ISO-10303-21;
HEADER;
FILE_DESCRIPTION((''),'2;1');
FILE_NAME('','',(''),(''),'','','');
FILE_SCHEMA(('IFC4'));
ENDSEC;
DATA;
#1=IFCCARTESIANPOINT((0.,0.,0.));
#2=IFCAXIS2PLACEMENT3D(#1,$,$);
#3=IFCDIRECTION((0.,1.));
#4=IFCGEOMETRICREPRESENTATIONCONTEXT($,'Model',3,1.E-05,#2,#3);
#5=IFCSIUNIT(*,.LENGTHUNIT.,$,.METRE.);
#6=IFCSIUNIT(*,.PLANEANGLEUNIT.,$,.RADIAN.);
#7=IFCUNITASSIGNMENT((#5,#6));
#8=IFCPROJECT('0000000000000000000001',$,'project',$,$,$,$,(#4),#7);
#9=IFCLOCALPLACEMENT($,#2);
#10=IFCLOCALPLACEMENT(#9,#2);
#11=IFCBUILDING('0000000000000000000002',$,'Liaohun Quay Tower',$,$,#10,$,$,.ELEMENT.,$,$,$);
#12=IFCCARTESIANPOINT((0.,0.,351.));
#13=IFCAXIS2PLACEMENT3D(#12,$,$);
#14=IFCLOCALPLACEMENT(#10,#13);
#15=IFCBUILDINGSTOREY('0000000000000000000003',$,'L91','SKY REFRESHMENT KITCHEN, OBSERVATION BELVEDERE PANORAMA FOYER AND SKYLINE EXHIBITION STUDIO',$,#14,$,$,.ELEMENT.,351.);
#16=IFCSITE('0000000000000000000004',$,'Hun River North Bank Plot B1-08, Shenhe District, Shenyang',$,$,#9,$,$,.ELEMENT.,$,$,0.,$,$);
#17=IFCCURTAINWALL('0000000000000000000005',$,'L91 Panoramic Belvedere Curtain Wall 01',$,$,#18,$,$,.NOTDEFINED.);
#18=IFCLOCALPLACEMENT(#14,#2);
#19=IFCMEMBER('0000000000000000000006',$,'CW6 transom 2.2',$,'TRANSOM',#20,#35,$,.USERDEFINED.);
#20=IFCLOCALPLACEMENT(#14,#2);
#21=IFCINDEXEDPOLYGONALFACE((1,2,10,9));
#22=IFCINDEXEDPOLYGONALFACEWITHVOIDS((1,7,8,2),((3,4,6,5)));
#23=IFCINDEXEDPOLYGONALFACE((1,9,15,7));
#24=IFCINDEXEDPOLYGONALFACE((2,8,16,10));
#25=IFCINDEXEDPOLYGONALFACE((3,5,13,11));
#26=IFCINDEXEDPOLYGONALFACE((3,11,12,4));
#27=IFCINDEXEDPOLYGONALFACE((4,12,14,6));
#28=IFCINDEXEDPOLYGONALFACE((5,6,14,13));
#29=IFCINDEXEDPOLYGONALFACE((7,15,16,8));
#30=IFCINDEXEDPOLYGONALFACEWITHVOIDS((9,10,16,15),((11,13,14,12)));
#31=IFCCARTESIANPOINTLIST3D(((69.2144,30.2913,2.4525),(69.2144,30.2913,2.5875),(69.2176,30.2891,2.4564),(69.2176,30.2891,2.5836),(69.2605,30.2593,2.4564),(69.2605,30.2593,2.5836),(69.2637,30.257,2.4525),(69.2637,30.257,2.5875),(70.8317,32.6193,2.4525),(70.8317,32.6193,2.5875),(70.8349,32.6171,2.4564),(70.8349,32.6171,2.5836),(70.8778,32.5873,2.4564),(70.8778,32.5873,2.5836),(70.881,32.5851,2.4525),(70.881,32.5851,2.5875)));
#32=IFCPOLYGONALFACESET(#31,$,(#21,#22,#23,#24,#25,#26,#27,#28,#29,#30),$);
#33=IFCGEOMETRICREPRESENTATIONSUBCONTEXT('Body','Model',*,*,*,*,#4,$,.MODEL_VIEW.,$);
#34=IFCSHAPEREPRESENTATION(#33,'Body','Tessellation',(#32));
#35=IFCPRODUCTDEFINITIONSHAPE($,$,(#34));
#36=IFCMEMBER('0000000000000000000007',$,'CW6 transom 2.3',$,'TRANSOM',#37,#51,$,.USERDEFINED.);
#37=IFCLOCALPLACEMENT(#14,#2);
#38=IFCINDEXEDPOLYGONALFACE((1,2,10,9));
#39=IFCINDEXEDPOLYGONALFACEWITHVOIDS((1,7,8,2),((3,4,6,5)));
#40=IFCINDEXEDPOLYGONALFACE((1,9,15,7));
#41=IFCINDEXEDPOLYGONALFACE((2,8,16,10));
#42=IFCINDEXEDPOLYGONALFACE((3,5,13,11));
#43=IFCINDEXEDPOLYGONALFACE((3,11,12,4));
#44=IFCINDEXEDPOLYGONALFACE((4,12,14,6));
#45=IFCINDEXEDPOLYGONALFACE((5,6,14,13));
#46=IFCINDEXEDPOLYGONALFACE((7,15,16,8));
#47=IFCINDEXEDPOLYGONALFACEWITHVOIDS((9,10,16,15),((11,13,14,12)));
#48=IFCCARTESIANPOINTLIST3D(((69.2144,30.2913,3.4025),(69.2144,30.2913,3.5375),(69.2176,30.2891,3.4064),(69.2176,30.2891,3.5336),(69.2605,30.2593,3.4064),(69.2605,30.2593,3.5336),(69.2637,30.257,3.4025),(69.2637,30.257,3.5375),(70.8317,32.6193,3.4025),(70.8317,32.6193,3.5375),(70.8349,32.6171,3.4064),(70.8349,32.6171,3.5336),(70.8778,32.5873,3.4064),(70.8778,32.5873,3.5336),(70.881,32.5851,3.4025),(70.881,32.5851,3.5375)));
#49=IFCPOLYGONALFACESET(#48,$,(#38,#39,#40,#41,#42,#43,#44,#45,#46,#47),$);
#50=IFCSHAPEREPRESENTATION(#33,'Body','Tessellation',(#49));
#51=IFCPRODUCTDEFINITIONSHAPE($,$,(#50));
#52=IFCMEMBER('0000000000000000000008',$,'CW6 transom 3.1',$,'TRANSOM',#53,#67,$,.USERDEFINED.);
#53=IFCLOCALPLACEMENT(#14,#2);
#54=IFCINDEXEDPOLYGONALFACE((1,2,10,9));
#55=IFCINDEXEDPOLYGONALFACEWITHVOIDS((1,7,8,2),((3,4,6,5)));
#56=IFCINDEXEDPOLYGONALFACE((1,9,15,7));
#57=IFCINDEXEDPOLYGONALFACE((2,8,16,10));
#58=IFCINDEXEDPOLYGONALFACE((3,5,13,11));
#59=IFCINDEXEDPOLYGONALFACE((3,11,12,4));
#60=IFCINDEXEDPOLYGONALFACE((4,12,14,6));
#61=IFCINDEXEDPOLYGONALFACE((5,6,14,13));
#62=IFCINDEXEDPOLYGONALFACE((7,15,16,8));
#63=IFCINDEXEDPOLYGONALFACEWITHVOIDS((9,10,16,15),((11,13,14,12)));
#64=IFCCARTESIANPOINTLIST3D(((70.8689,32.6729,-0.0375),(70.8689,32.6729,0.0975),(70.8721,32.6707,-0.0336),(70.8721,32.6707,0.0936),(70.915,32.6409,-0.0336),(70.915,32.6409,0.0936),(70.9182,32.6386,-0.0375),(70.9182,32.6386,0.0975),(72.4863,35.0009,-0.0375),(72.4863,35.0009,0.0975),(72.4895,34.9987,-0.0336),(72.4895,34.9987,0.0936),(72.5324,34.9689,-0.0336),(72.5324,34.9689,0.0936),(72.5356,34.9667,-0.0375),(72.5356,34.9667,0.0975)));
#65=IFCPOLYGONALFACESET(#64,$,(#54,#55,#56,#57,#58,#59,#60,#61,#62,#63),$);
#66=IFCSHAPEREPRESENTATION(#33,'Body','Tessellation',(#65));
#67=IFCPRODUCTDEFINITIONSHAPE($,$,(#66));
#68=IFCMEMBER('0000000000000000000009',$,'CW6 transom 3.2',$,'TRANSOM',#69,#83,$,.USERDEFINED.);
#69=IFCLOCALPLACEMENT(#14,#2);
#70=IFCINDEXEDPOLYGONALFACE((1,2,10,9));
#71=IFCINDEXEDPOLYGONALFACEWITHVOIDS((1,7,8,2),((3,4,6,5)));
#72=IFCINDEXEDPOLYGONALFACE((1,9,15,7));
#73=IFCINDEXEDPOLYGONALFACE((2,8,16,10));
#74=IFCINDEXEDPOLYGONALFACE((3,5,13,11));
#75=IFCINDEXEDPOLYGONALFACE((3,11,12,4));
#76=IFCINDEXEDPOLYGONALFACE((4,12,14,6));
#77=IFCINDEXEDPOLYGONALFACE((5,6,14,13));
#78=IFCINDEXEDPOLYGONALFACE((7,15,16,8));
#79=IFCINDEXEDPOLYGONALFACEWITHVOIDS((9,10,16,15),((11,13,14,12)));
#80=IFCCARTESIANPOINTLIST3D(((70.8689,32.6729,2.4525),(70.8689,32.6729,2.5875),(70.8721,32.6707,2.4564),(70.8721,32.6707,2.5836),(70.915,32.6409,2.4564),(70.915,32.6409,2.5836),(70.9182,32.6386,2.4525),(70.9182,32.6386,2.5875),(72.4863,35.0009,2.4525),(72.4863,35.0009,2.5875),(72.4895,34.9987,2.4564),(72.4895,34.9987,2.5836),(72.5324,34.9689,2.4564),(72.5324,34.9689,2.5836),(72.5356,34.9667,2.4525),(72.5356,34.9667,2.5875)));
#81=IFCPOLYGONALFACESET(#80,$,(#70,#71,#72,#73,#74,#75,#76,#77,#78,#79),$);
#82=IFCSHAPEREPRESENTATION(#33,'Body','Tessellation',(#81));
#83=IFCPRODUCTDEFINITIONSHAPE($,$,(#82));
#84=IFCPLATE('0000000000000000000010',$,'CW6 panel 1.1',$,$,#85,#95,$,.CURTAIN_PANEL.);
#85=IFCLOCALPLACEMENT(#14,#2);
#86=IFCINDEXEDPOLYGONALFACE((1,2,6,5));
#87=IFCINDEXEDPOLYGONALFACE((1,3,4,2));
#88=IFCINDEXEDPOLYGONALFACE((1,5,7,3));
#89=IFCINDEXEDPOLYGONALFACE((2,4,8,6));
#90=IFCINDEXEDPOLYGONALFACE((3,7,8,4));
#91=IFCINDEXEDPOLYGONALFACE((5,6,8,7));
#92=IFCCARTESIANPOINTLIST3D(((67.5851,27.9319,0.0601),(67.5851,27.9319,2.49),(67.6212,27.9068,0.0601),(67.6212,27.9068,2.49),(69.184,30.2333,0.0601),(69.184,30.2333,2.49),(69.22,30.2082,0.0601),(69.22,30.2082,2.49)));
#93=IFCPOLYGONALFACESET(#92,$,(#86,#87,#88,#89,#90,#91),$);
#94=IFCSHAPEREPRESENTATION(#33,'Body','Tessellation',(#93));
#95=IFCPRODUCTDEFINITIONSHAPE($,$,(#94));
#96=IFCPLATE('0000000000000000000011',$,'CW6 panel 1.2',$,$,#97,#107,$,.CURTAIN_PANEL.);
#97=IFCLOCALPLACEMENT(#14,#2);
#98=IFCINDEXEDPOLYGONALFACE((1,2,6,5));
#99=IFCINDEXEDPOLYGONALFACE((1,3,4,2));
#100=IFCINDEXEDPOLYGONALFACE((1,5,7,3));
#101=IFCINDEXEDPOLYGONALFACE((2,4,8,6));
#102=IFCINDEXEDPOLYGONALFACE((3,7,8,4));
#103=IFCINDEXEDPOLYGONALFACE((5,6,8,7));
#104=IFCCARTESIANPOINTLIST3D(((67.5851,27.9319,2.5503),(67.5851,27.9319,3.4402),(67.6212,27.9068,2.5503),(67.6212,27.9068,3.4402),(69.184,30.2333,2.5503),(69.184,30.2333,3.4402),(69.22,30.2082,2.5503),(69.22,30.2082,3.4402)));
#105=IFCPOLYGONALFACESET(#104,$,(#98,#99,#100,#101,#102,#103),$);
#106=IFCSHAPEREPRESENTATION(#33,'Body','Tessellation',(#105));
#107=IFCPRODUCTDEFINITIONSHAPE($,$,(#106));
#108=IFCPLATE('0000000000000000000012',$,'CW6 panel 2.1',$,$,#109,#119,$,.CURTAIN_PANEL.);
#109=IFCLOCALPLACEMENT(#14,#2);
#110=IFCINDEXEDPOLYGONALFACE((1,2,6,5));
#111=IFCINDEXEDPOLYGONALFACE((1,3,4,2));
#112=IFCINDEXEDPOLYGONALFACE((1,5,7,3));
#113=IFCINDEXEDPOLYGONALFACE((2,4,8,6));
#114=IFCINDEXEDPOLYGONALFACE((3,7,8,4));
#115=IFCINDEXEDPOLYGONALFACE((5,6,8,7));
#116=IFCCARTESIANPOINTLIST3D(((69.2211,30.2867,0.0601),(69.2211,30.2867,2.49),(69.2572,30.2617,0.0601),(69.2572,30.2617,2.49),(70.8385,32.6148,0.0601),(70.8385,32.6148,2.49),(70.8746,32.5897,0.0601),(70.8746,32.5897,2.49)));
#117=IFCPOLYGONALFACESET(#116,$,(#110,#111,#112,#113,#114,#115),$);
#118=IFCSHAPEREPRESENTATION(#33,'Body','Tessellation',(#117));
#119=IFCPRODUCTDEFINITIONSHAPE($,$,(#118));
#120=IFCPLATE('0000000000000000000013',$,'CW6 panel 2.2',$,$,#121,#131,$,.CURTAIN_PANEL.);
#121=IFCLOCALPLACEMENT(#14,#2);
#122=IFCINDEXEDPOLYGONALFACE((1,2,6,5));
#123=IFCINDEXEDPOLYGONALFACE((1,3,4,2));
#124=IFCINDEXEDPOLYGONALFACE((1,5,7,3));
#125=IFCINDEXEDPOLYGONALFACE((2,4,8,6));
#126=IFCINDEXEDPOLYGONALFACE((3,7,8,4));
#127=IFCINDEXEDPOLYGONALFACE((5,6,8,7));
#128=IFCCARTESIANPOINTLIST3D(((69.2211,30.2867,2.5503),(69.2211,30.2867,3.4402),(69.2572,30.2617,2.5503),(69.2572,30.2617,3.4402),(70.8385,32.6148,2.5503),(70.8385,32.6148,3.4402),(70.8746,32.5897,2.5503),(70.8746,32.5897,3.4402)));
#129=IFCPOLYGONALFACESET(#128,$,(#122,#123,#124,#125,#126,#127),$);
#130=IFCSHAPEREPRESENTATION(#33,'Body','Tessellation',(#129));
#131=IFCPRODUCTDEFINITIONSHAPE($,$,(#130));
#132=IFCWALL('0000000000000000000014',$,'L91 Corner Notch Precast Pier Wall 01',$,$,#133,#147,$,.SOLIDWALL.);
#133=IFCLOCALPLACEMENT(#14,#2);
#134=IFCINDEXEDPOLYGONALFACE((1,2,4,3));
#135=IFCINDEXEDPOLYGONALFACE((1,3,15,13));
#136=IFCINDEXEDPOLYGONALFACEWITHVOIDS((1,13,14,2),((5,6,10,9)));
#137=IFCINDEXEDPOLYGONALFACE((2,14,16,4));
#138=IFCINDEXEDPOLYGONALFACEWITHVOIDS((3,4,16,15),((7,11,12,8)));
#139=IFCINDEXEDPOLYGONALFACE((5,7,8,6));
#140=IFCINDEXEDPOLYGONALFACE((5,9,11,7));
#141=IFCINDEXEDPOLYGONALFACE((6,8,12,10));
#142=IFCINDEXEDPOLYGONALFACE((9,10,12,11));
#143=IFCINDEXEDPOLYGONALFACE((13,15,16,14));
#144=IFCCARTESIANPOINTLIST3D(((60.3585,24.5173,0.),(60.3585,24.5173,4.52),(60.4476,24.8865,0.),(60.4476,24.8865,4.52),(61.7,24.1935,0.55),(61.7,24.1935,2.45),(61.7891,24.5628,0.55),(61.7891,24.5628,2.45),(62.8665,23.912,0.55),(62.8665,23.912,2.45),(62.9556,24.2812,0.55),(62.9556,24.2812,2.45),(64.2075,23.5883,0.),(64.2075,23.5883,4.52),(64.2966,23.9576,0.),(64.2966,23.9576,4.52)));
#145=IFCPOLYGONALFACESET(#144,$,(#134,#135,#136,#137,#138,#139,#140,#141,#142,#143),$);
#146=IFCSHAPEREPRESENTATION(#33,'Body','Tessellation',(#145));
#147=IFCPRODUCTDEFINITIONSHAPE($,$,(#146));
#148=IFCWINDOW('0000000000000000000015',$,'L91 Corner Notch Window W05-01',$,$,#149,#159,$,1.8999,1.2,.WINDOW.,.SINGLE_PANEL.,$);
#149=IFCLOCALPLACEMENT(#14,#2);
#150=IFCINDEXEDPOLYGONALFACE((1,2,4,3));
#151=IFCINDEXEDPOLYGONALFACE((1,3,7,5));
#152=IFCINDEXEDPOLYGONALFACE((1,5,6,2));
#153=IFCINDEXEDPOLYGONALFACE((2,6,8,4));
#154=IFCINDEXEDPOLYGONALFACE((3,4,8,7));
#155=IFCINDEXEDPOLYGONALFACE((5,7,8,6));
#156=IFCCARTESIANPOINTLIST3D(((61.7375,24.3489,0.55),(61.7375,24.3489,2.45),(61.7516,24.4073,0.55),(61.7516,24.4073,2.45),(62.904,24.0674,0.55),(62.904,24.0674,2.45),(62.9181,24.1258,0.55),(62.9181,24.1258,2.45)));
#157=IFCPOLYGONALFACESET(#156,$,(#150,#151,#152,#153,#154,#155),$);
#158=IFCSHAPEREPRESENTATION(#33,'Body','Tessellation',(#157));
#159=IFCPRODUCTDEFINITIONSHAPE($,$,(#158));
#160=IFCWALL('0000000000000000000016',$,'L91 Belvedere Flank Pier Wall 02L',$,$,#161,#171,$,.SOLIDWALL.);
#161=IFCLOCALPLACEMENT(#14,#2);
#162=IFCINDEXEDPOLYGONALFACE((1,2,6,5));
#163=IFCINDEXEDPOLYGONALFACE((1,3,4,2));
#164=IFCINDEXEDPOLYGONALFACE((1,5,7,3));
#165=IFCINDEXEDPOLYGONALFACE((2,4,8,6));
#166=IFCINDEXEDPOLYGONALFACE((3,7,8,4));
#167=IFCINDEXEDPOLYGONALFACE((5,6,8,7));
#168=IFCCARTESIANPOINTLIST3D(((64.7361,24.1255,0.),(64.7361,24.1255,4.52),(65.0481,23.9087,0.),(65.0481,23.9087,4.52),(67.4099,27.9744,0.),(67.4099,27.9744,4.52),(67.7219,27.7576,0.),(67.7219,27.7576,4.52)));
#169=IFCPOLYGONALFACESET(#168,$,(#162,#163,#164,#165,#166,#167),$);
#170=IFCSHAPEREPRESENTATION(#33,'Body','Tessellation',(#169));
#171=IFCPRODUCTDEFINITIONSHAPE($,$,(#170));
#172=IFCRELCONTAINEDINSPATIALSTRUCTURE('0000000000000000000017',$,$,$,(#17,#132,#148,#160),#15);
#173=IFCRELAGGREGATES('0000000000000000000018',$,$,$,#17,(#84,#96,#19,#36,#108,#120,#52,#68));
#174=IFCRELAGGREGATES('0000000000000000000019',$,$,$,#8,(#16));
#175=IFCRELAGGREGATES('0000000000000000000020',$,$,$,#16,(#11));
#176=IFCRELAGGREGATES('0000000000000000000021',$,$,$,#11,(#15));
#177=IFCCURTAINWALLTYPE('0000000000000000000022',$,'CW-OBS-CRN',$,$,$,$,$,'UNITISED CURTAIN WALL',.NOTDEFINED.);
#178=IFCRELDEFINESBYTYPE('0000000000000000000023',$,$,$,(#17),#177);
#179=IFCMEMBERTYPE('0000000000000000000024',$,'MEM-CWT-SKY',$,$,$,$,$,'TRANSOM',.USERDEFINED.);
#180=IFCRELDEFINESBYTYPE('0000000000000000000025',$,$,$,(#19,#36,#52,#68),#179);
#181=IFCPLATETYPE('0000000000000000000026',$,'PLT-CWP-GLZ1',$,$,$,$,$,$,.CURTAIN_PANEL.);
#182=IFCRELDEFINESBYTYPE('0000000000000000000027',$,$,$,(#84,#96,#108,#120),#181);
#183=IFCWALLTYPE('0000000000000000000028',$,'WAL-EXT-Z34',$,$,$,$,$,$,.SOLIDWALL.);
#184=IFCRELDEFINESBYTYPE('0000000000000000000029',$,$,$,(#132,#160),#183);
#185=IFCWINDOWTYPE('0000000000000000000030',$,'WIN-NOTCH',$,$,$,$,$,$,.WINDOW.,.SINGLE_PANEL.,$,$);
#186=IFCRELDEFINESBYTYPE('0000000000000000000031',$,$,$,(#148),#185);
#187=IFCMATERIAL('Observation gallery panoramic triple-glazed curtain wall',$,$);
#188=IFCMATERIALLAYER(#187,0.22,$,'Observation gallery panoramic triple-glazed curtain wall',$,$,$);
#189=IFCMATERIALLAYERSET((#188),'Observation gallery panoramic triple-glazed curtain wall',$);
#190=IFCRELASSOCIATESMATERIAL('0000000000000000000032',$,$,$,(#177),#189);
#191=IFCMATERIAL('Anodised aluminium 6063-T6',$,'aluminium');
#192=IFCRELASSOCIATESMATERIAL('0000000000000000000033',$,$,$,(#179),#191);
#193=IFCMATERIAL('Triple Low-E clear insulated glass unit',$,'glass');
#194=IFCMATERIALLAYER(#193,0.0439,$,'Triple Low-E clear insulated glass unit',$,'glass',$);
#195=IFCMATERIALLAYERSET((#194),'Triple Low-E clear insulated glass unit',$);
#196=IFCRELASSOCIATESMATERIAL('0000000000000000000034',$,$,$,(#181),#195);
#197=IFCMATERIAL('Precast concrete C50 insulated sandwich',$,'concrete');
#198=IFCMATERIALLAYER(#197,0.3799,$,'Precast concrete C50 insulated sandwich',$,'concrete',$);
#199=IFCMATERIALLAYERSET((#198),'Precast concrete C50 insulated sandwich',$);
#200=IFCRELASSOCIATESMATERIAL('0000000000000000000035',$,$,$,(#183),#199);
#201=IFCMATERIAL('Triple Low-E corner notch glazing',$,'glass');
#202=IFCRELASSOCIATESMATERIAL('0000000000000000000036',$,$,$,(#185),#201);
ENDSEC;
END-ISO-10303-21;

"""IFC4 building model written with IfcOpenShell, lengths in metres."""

from ifc_helpers import new_model, si_unit, direction, frame, frame_2d, origin, origin_2d, place, context, subcontext, project, spatial, rectangle, hollow_rectangle, extrude, source, transform, mapped, material, layer, layer_set, material_profile, profile_set, type_object, element, fill, aggregate, save


model = new_model("IFC4")

# Units and contexts
model_context = context("Model", 3, precision=1e-05, world=origin(), true_north=direction((0.0, 1.0)))
body_context = subcontext(model_context, "Body", "Model", "MODEL_VIEW")
ifc_project = project(units=[si_unit("LENGTHUNIT", "METRE"), si_unit("PLANEANGLEUNIT", "RADIAN")], contexts=[model_context])

# Site, building, storey
site_placement = place(None, origin())
site = spatial("IfcSite", under=ifc_project, at=site_placement, Name="Hun River North Bank Plot B1-08, Shenhe District, Shenyang", CompositionType="ELEMENT", RefElevation=0.0)
building_placement = place(site_placement, origin())
building = spatial("IfcBuilding", under=site, at=building_placement, Name="Liaohun Quay Tower", CompositionType="ELEMENT")
storey_placement = place(building_placement, frame((0.0, 0.0, 351.0)))
storey = spatial("IfcBuildingStorey", under=building, at=storey_placement, Name="L91", Description="SKY REFRESHMENT KITCHEN, OBSERVATION BELVEDERE PANORAMA FOYER AND SKYLINE EXHIBITION STUDIO", CompositionType="ELEMENT", Elevation=351.0)

# Curtain wall, members, plates
ifc_material_1 = material(Name="Observation gallery panoramic triple-glazed curtain wall")
ifc_layer_1 = layer(ifc_material_1, 0.22, Name="Observation gallery panoramic triple-glazed curtain wall")
ifc_layer_set_1 = layer_set([ifc_layer_1], Name="Observation gallery panoramic triple-glazed curtain wall")
curtain_wall_type = type_object("IfcCurtainWallType", Name="CW-OBS-CRN", ElementType="UNITISED CURTAIN WALL", PredefinedType="NOTDEFINED", material=ifc_layer_set_1)
curtain_wall_placement = place(storey_placement, origin())
curtain_wall = element("IfcCurtainWall", 1, at=curtain_wall_placement, inside=storey, type_object=curtain_wall_type, Name="L91 Panoramic Belvedere Curtain Wall 01", PredefinedType="NOTDEFINED")
ifc_material_2 = material(Name="Anodised aluminium 6063-T6", Category="aluminium")
ifc_material_profile_1 = material_profile(ifc_material_2, hollow_rectangle(XDim=0.0601, YDim=0.135, WallThickness=0.0039, at=origin_2d()), Name="RHS135x60x4")
ifc_profile_set_1 = profile_set([ifc_material_profile_1], Name="Anodised aluminium 6063-T6")
member_type_1 = type_object("IfcMemberType", Name="MEM-CWT-SKY", ElementType="TRANSOM", PredefinedType="USERDEFINED", material=ifc_profile_set_1)
shared_shape_1 = source(origin(), body_context, "Body", "SweptSolid", [
    extrude(hollow_rectangle(XDim=0.0601, YDim=0.135, WallThickness=0.0039, at=origin_2d()), origin(), (0.0, 0.0, 1.0), 2.8347),
])
member_1_placement = place(storey_placement, frame((69.239, 30.2742, 2.52), z_axis=(0.570557, 0.821258, 0.0), x_axis=(-0.821258, 0.570557, 0.0)))
member_1 = element("IfcMember", 2, at=member_1_placement, type_object=member_type_1, Name="CW6 transom 2.2", ObjectType="TRANSOM", PredefinedType="USERDEFINED", context=body_context, shape_type="MappedRepresentation", body=[
    mapped(shared_shape_1, transform((0.0, 0.0, 0.0), x_axis=(1.0, 0.0, 0.0), y_axis=(0.0, 1.0, 0.0), z_axis=(0.0, 0.0, 1.0), scale=1.0)),
])
member_2_placement = place(storey_placement, frame((69.239, 30.2742, 3.47), z_axis=(0.570557, 0.821258, 0.0), x_axis=(-0.821258, 0.570557, 0.0)))
member_2 = element("IfcMember", 3, at=member_2_placement, type_object=member_type_1, Name="CW6 transom 2.3", ObjectType="TRANSOM", PredefinedType="USERDEFINED", context=body_context, shape_type="MappedRepresentation", body=[
    mapped(shared_shape_1, transform((0.0, 0.0, 0.0), x_axis=(1.0, 0.0, 0.0), y_axis=(0.0, 1.0, 0.0), z_axis=(0.0, 0.0, 1.0), scale=1.0)),
])
member_3_placement = place(storey_placement, frame((70.8936, 32.6558, 0.03), z_axis=(0.570557, 0.821258, 0.0), x_axis=(-0.821258, 0.570557, 0.0)))
member_3 = element("IfcMember", 4, at=member_3_placement, type_object=member_type_1, Name="CW6 transom 3.1", ObjectType="TRANSOM", PredefinedType="USERDEFINED", context=body_context, shape_type="MappedRepresentation", body=[
    mapped(shared_shape_1, transform((0.0, 0.0, 0.0), x_axis=(1.0, 0.0, 0.0), y_axis=(0.0, 1.0, 0.0), z_axis=(0.0, 0.0, 1.0), scale=1.0)),
])
member_4_placement = place(storey_placement, frame((70.8936, 32.6558, 2.52), z_axis=(0.570557, 0.821258, 0.0), x_axis=(-0.821258, 0.570557, 0.0)))
member_4 = element("IfcMember", 5, at=member_4_placement, type_object=member_type_1, Name="CW6 transom 3.2", ObjectType="TRANSOM", PredefinedType="USERDEFINED", context=body_context, shape_type="MappedRepresentation", body=[
    mapped(shared_shape_1, transform((0.0, 0.0, 0.0), x_axis=(1.0, 0.0, 0.0), y_axis=(0.0, 1.0, 0.0), z_axis=(0.0, 0.0, 1.0), scale=1.0)),
])
ifc_material_3 = material(Name="Triple Low-E clear insulated glass unit", Category="glass")
ifc_layer_2 = layer(ifc_material_3, 0.0439, Name="Triple Low-E clear insulated glass unit", Category="glass")
ifc_layer_set_2 = layer_set([ifc_layer_2], Name="Triple Low-E clear insulated glass unit")
plate_type = type_object("IfcPlateType", Name="PLT-CWP-GLZ1", PredefinedType="CURTAIN_PANEL", material=ifc_layer_set_2)
shared_shape_2 = source(origin(), body_context, "Body", "SweptSolid", [
    extrude(rectangle(XDim=2.8022, YDim=0.0439, at=origin_2d()), origin(), (0.0, 0.0, 1.0), 2.4299),
])
plate_1_placement = place(storey_placement, frame((68.4026, 29.0701, 0.0601), z_axis=(0.0, 0.0, 1.0), x_axis=(0.570554, 0.82126, 0.0)))
plate_1 = element("IfcPlate", 6, at=plate_1_placement, type_object=plate_type, Name="CW6 panel 1.1", PredefinedType="CURTAIN_PANEL", context=body_context, shape_type="MappedRepresentation", body=[
    mapped(shared_shape_2, transform((0.0, 0.0, 0.0), x_axis=(1.0, 0.0, 0.0), y_axis=(0.0, 1.0, 0.0), z_axis=(0.0, 0.0, 1.0), scale=1.0)),
])
shared_shape_3 = source(origin(), body_context, "Body", "SweptSolid", [
    extrude(rectangle(XDim=2.8022, YDim=0.0439, at=origin_2d()), origin(), (0.0, 0.0, 1.0), 0.8899),
])
plate_2_placement = place(storey_placement, frame((68.4026, 29.0701, 2.5503), z_axis=(0.0, 0.0, 1.0), x_axis=(0.570554, 0.82126, 0.0)))
plate_2 = element("IfcPlate", 7, at=plate_2_placement, type_object=plate_type, Name="CW6 panel 1.2", PredefinedType="CURTAIN_PANEL", context=body_context, shape_type="MappedRepresentation", body=[
    mapped(shared_shape_3, transform((0.0, 0.0, 0.0), x_axis=(1.0, 0.0, 0.0), y_axis=(0.0, 1.0, 0.0), z_axis=(0.0, 0.0, 1.0), scale=1.0)),
])
shared_shape_4 = source(origin(), body_context, "Body", "SweptSolid", [
    extrude(rectangle(XDim=2.8347, YDim=0.0439, at=origin_2d()), origin(), (0.0, 0.0, 1.0), 2.4299),
])
plate_3_placement = place(storey_placement, frame((70.0479, 31.4382, 0.0601), z_axis=(0.0, 0.0, 1.0), x_axis=(0.570554, 0.82126, 0.0)))
plate_3 = element("IfcPlate", 8, at=plate_3_placement, type_object=plate_type, Name="CW6 panel 2.1", PredefinedType="CURTAIN_PANEL", context=body_context, shape_type="MappedRepresentation", body=[
    mapped(shared_shape_4, transform((0.0, 0.0, 0.0), x_axis=(1.0, 0.0, 0.0), y_axis=(0.0, 1.0, 0.0), z_axis=(0.0, 0.0, 1.0), scale=1.0)),
])
shared_shape_5 = source(origin(), body_context, "Body", "SweptSolid", [
    extrude(rectangle(XDim=2.8347, YDim=0.0439, at=origin_2d()), origin(), (0.0, 0.0, 1.0), 0.8899),
])
plate_4_placement = place(storey_placement, frame((70.0479, 31.4382, 2.5503), z_axis=(0.0, 0.0, 1.0), x_axis=(0.570554, 0.82126, 0.0)))
plate_4 = element("IfcPlate", 9, at=plate_4_placement, type_object=plate_type, Name="CW6 panel 2.2", PredefinedType="CURTAIN_PANEL", context=body_context, shape_type="MappedRepresentation", body=[
    mapped(shared_shape_5, transform((0.0, 0.0, 0.0), x_axis=(1.0, 0.0, 0.0), y_axis=(0.0, 1.0, 0.0), z_axis=(0.0, 0.0, 1.0), scale=1.0)),
])
aggregate(curtain_wall, [plate_1, plate_2, member_1, member_2, plate_3, plate_4, member_3, member_4])

# Wall, opening, window
ifc_material_4 = material(Name="Precast concrete C50 insulated sandwich", Category="concrete")
ifc_layer_3 = layer(ifc_material_4, 0.3799, Name="Precast concrete C50 insulated sandwich", Category="concrete")
ifc_layer_set_3 = layer_set([ifc_layer_3], Name="Precast concrete C50 insulated sandwich")
wall_type = type_object("IfcWallType", Name="WAL-EXT-Z34", PredefinedType="SOLIDWALL", material=ifc_layer_set_3)
wall_1_placement = place(storey_placement, frame((60.4031, 24.7019, 0.0), z_axis=(0.0, 0.0, 1.0), x_axis=(0.972087, -0.23462, 0.0)))
wall_1 = element("IfcWall", 10, at=wall_1_placement, inside=storey, type_object=wall_type, Name="L91 Corner Notch Precast Pier Wall 01", PredefinedType="SOLIDWALL", context=body_context, shape_type="SweptSolid", body=[
    extrude(rectangle(XDim=3.9595, YDim=0.3799, at=frame_2d((1.9797, 0.0))), origin(), (0.0, 0.0, 1.0), 4.52),
])
shared_shape_6 = source(origin(), body_context, "Body", "SweptSolid", [
    extrude(rectangle(XDim=1.2, YDim=1.8999, at=frame_2d((0.6001, 0.95))), frame((0.0, 0.2, 0.0), z_axis=(0.0, -1.0, 0.0), x_axis=(1.0, 0.0, 0.0)), (0.0, 0.0, 1.0), 0.3999),
])
opening_placement = place(wall_1_placement, frame((1.3799, 0.0, 0.55)))
opening = element("IfcOpeningElement", 11, at=opening_placement, cuts=wall_1, PredefinedType="OPENING", context=body_context, shape_type="MappedRepresentation", body=[
    mapped(shared_shape_6, transform((0.0, 0.0, 0.0), x_axis=(1.0, 0.0, 0.0), y_axis=(0.0, 1.0, 0.0), z_axis=(0.0, 0.0, 1.0), scale=1.0)),
])
ifc_material_5 = material(Name="Triple Low-E corner notch glazing", Category="glass")
window_type = type_object("IfcWindowType", Name="WIN-NOTCH", PartitioningType="SINGLE_PANEL", PredefinedType="WINDOW", material=ifc_material_5)
shared_shape_7 = source(origin(), body_context, "Body", "SweptSolid", [
    extrude(rectangle(XDim=1.2, YDim=1.8999, at=frame_2d((0.6001, 0.95))), frame((0.0, 0.03, 0.0), z_axis=(0.0, -1.0, 0.0), x_axis=(1.0, 0.0, 0.0)), (0.0, 0.0, 1.0), 0.0601),
])
window_placement = place(opening_placement, origin())
window = element("IfcWindow", 12, at=window_placement, inside=storey, type_object=window_type, Name="L91 Corner Notch Window W05-01", OverallHeight=1.8999, OverallWidth=1.2, PartitioningType="SINGLE_PANEL", PredefinedType="WINDOW", context=body_context, shape_type="MappedRepresentation", body=[
    mapped(shared_shape_7, transform((0.0, 0.0, 0.0), x_axis=(1.0, 0.0, 0.0), y_axis=(0.0, 1.0, 0.0), z_axis=(0.0, 0.0, 1.0), scale=1.0)),
])
fill(opening, window)

# Wall
wall_2_placement = place(storey_placement, frame((64.8921, 24.0171, 0.0), z_axis=(0.0, 0.0, 1.0), x_axis=(0.570539, 0.82127, 0.0)))
element("IfcWall", 13, at=wall_2_placement, inside=storey, type_object=wall_type, Name="L91 Belvedere Flank Pier Wall 02L", PredefinedType="SOLIDWALL", context=body_context, shape_type="SweptSolid", body=[
    extrude(rectangle(XDim=4.6865, YDim=0.3799, at=frame_2d((2.3433, 0.0))), origin(), (0.0, 0.0, 1.0), 4.52),
])

save(model, "model.ifc")
